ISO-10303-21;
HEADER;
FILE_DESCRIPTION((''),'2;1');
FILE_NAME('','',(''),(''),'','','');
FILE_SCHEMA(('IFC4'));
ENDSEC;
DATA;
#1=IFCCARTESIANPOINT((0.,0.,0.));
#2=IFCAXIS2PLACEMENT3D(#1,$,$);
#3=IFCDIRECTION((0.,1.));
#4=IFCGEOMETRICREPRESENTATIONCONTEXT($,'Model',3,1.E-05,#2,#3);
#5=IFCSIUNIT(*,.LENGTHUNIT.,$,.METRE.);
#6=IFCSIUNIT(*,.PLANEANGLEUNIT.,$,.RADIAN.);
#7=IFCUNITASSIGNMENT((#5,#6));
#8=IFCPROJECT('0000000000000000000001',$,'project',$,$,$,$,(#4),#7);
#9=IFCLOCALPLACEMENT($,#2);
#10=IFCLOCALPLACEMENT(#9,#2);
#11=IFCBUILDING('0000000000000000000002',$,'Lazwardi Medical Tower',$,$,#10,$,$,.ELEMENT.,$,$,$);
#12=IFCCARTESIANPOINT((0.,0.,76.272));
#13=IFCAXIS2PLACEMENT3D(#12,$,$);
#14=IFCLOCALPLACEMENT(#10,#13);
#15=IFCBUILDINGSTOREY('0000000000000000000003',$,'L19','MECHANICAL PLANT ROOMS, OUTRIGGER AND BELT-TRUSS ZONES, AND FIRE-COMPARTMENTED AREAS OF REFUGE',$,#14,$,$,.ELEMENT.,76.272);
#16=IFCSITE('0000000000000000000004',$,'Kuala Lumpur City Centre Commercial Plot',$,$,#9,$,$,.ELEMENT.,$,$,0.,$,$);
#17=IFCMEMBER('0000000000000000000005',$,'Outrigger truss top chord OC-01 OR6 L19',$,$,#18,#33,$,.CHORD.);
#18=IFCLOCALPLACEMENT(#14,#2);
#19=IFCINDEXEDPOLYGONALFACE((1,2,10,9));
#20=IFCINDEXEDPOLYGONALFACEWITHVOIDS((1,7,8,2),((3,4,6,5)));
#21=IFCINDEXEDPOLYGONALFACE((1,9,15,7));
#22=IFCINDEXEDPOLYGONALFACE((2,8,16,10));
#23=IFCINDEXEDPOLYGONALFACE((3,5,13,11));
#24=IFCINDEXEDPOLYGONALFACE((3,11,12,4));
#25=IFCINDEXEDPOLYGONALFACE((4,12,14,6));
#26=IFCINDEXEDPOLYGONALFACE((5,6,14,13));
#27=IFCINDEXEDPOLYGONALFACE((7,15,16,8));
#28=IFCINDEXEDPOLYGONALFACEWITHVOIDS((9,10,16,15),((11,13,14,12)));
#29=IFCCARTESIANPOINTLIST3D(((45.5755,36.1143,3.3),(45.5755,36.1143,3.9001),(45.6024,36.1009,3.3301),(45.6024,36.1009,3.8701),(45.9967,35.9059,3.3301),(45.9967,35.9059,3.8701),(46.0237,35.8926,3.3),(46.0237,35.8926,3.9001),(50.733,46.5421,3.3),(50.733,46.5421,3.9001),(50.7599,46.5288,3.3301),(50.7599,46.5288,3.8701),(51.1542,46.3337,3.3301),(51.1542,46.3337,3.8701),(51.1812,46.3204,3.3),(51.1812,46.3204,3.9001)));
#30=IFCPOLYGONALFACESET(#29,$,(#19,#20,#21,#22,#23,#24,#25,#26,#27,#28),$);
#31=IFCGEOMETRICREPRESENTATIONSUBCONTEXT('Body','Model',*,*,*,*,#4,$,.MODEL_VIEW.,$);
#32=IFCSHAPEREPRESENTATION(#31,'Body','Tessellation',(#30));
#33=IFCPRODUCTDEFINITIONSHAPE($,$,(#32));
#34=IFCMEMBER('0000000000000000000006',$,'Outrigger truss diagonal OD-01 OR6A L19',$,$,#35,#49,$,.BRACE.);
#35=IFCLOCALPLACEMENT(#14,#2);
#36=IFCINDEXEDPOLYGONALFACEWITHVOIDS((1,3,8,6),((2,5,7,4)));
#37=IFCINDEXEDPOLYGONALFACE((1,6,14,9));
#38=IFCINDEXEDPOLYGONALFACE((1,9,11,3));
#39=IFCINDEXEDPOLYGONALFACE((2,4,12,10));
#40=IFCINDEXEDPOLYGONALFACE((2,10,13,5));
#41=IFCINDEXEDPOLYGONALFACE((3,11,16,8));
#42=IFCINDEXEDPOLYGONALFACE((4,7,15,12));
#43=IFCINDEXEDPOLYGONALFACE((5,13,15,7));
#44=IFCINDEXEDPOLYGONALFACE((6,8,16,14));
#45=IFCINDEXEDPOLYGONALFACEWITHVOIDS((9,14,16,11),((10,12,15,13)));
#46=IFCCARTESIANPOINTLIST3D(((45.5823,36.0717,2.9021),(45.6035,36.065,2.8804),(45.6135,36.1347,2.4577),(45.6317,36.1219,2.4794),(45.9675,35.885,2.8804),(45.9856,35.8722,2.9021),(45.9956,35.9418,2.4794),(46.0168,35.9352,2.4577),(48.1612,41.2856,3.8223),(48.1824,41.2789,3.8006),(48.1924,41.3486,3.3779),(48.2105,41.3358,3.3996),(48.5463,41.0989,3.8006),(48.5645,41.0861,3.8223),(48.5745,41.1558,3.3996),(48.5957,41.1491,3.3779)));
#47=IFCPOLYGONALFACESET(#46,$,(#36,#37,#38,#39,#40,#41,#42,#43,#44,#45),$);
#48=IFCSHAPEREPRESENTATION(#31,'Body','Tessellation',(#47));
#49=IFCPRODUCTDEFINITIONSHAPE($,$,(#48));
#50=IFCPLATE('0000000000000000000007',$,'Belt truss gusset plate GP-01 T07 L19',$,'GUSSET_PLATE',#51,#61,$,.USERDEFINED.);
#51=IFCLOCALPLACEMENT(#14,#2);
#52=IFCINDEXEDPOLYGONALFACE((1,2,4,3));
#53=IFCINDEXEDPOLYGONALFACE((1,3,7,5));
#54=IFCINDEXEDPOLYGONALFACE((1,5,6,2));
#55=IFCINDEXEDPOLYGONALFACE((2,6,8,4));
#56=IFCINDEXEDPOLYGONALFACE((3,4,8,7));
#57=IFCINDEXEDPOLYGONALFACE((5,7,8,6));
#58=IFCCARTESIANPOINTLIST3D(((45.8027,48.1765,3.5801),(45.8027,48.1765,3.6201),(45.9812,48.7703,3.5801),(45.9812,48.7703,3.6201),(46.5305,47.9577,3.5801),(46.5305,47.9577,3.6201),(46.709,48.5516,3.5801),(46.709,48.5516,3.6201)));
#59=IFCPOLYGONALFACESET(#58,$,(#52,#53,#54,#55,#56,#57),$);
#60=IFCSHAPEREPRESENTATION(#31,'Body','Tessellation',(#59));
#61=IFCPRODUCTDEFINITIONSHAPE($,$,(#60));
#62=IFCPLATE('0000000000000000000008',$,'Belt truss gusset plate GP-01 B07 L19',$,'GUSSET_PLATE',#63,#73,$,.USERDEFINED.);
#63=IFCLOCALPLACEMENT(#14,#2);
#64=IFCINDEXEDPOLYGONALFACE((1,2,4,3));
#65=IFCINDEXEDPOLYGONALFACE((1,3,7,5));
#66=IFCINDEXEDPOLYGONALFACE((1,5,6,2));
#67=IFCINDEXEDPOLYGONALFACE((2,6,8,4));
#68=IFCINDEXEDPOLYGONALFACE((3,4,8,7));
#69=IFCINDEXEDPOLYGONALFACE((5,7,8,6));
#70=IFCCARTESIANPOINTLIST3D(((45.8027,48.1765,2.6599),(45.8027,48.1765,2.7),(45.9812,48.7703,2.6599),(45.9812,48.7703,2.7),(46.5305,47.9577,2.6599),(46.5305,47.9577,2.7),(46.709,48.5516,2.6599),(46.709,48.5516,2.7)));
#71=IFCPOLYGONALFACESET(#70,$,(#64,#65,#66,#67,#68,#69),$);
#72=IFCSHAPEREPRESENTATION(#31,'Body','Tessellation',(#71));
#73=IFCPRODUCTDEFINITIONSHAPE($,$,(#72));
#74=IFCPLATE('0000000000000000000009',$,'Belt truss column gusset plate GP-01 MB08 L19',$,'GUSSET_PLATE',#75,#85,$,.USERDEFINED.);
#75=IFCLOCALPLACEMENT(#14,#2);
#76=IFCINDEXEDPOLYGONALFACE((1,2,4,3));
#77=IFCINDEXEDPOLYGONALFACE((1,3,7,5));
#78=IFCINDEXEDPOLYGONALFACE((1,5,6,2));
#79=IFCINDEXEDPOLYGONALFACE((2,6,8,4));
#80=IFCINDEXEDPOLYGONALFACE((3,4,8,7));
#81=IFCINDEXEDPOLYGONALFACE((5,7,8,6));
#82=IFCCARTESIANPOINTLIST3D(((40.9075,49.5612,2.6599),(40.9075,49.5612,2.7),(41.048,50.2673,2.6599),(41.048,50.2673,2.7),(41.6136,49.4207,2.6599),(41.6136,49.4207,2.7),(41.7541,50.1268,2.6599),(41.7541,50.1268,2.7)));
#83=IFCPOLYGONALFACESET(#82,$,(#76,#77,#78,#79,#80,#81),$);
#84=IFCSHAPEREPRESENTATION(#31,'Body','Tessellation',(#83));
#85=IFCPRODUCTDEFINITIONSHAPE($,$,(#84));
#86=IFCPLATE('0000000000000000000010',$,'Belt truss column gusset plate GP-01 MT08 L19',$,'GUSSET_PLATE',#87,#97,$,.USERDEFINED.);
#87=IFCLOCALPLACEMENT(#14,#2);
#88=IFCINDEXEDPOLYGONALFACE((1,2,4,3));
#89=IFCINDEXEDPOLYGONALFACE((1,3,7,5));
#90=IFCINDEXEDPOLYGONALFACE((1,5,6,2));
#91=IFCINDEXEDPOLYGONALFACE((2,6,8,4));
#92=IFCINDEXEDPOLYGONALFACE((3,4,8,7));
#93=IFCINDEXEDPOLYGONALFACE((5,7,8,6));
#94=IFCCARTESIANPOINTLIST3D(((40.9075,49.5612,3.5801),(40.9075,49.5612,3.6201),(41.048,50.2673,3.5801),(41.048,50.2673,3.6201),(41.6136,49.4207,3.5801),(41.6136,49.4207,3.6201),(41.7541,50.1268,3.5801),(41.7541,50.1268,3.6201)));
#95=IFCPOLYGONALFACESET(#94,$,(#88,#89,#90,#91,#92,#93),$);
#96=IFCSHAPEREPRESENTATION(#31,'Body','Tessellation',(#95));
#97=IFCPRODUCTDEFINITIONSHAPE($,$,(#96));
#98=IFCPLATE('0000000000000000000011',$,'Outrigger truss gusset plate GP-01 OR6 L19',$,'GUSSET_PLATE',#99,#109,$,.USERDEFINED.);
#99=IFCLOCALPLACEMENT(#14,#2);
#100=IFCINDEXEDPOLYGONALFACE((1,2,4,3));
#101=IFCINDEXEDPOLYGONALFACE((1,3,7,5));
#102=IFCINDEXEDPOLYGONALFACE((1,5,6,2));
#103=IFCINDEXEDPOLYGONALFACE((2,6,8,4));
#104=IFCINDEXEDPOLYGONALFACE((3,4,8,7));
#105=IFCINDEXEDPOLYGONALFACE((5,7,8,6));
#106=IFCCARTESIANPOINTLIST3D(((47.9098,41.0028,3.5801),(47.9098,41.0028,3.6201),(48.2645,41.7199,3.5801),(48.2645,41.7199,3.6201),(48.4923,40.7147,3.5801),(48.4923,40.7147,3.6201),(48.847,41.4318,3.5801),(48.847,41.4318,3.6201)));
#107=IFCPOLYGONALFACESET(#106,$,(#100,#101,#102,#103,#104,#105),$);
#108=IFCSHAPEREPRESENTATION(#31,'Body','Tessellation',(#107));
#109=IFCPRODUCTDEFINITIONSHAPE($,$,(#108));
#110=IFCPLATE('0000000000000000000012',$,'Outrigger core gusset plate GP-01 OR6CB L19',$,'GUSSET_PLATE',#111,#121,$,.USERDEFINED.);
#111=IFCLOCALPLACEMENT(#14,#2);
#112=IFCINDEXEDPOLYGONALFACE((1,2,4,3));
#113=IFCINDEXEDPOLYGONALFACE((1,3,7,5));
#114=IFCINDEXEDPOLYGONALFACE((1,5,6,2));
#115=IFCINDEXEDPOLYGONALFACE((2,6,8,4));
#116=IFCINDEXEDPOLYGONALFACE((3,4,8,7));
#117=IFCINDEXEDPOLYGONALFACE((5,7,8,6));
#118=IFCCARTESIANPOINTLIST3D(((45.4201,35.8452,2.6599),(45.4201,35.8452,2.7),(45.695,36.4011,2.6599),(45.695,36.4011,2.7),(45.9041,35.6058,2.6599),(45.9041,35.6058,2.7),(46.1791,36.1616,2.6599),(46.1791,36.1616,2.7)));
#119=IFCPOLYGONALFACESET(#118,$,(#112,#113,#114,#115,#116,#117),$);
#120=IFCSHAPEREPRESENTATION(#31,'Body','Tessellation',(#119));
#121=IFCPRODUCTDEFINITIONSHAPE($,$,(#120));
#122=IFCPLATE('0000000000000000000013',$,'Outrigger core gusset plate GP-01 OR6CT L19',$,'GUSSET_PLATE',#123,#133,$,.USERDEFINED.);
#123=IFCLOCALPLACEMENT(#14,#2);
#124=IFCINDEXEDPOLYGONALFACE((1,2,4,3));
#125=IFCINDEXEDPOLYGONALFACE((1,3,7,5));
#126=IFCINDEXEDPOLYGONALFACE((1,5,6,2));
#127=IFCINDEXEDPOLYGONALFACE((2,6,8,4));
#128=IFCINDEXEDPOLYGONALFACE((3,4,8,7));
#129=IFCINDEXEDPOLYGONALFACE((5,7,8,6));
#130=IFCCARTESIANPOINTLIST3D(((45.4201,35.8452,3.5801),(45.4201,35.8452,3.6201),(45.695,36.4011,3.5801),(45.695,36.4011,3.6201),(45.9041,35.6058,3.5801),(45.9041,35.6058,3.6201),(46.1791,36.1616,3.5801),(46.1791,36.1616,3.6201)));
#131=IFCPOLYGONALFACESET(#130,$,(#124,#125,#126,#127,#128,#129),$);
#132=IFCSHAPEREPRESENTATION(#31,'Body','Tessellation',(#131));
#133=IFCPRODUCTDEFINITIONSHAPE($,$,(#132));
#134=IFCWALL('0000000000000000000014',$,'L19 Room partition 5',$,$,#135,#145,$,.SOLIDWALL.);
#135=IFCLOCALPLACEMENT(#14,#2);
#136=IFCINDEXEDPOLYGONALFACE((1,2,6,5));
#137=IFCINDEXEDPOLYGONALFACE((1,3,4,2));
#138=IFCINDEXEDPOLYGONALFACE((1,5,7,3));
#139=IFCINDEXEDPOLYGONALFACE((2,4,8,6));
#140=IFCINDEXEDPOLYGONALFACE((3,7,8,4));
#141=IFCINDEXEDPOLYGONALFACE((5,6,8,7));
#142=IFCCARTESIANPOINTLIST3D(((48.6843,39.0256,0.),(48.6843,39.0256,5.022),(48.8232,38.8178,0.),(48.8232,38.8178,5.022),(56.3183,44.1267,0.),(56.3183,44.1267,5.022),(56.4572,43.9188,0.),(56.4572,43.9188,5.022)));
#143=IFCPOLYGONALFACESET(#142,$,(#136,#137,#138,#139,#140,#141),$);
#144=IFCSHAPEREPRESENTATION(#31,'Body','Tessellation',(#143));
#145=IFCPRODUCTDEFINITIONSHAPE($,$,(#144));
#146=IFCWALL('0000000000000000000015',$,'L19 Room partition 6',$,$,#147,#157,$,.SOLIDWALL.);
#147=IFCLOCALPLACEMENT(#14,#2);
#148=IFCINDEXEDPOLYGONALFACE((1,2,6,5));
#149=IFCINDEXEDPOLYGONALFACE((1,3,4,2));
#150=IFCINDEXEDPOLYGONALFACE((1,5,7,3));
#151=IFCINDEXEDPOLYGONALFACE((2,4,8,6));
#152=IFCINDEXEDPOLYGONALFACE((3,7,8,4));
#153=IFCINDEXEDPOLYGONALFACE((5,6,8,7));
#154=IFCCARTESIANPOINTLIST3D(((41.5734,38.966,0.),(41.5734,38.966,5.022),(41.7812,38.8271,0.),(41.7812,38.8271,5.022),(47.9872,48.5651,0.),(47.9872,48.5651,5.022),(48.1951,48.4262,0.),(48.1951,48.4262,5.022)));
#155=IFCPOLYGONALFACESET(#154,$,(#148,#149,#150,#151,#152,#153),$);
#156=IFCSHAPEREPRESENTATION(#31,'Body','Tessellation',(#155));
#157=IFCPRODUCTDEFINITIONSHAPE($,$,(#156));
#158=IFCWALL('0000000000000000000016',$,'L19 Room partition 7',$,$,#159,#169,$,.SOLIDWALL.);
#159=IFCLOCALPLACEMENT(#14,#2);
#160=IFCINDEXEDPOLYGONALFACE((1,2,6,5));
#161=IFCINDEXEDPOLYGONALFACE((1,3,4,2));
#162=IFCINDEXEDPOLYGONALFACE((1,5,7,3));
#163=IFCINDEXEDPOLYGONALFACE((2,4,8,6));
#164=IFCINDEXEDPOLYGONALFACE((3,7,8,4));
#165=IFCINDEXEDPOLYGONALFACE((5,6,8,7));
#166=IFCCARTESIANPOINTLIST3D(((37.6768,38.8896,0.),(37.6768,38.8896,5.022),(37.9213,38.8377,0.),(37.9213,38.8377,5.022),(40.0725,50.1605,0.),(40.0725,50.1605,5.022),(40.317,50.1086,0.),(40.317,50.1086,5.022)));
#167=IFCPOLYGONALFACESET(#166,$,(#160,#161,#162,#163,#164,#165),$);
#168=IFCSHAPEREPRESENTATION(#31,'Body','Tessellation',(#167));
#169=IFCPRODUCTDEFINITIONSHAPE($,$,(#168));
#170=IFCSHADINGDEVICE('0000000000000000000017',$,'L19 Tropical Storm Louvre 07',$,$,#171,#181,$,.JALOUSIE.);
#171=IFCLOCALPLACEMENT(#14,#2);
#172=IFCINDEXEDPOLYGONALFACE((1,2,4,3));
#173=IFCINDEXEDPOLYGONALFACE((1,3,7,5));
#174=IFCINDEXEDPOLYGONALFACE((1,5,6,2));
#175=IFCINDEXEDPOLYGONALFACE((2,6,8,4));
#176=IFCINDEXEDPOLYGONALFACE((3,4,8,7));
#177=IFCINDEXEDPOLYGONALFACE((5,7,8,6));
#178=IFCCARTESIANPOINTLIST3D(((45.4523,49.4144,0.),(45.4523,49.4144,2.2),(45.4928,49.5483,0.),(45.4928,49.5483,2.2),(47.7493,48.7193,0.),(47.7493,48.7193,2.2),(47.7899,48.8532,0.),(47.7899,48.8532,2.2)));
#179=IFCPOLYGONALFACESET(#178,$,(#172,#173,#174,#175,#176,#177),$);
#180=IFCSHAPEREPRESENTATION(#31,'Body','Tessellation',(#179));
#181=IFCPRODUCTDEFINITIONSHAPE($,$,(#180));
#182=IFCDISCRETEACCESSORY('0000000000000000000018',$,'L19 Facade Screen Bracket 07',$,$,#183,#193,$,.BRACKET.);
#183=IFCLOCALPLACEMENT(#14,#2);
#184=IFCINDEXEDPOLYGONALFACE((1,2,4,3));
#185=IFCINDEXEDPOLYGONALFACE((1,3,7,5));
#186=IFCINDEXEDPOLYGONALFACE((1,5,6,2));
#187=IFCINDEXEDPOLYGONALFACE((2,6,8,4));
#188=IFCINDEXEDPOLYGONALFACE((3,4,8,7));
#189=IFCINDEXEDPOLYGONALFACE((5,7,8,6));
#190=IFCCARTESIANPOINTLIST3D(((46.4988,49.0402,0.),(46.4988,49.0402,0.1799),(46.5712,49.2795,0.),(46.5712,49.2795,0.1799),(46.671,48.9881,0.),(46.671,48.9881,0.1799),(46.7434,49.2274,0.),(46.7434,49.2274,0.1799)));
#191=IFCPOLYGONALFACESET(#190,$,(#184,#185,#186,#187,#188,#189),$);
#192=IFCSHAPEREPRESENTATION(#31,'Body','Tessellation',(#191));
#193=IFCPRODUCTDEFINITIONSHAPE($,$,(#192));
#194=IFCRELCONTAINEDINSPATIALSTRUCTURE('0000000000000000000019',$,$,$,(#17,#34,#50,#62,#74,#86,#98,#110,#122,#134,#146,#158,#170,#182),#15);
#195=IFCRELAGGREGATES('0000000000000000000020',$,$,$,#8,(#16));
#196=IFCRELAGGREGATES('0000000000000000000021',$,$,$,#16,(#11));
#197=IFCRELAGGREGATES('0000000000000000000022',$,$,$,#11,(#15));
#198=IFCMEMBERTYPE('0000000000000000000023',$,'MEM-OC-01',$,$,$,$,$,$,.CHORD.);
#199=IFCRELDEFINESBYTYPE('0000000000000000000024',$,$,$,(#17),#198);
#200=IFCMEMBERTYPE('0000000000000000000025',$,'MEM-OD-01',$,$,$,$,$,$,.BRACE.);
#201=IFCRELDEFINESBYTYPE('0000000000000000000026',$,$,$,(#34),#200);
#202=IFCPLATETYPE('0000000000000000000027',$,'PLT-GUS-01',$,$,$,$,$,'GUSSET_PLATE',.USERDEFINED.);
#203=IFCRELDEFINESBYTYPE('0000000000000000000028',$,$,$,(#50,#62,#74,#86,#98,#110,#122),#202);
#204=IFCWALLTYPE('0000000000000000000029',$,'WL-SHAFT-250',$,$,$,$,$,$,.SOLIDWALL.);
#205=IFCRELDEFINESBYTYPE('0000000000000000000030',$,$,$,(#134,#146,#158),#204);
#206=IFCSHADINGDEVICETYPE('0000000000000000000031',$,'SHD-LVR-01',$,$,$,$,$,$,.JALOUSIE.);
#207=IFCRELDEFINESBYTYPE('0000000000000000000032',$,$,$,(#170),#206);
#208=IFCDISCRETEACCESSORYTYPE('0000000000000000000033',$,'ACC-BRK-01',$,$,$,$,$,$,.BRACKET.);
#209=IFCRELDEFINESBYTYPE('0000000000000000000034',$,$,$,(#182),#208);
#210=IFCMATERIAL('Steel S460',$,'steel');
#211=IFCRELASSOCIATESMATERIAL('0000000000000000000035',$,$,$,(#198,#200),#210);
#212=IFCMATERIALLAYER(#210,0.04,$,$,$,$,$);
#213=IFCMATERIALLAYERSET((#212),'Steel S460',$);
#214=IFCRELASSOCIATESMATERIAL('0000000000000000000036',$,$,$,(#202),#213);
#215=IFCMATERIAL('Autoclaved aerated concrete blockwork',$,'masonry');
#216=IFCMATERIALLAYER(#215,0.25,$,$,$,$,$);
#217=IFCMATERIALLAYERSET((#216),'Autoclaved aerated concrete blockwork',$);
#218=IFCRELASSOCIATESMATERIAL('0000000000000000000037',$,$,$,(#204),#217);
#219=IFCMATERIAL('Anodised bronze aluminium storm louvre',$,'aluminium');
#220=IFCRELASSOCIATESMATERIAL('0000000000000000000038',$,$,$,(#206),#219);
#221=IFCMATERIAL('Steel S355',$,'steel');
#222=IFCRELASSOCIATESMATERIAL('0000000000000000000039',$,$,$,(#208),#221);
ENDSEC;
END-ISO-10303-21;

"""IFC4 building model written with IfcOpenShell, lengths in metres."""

from ifc_helpers import new_model, si_unit, direction, frame, frame_2d, origin, origin_2d, place, context, subcontext, project, spatial, rectangle, hollow_rectangle, extrude, material, layer, layer_set, material_profile, profile_set, type_object, element, save


model = new_model("IFC4")

# Units and contexts
model_context = context("Model", 3, precision=1e-05, world=origin(), true_north=direction((0.0, 1.0)))
body_context = subcontext(model_context, "Body", "Model", "MODEL_VIEW")
ifc_project = project(units=[si_unit("LENGTHUNIT", "METRE"), si_unit("PLANEANGLEUNIT", "RADIAN")], contexts=[model_context])

# Site, building, storey
site_placement = place(None, origin())
site = spatial("IfcSite", under=ifc_project, at=site_placement, Name="Kuala Lumpur City Centre Commercial Plot", CompositionType="ELEMENT", RefElevation=0.0)
building_placement = place(site_placement, origin())
building = spatial("IfcBuilding", under=site, at=building_placement, Name="Lazwardi Medical Tower", CompositionType="ELEMENT")
storey_placement = place(building_placement, frame((0.0, 0.0, 76.272)))
storey = spatial("IfcBuildingStorey", under=building, at=storey_placement, Name="L19", Description="MECHANICAL PLANT ROOMS, OUTRIGGER AND BELT-TRUSS ZONES, AND FIRE-COMPARTMENTED AREAS OF REFUGE", CompositionType="ELEMENT", Elevation=76.272)

# Shared definitions
ifc_material_1 = material(Name="Steel S355", Category="steel")
ifc_material_2 = material(Name="Steel S460", Category="steel")

# Members
ifc_material_profile_1 = material_profile(ifc_material_2, hollow_rectangle(XDim=0.5, YDim=0.6001, WallThickness=0.03, at=origin_2d()), Name="RHS 600x500x30")
ifc_profile_set_1 = profile_set([ifc_material_profile_1], Name="Steel S460")
member_type_1 = type_object("IfcMemberType", Name="MEM-OC-01", PredefinedType="CHORD", material=ifc_profile_set_1)
member_1_placement = place(storey_placement, frame((45.7996, 36.0034, 3.6001), z_axis=(0.443331, 0.896358, 0.0), x_axis=(-0.896358, 0.443331, 0.0)))
element("IfcMember", 1, at=member_1_placement, inside=storey, type_object=member_type_1, Name="Outrigger truss top chord OC-01 OR6 L19", PredefinedType="CHORD", context=body_context, shape_type="SweptSolid", body=[
    extrude(hollow_rectangle(XDim=0.5, YDim=0.6001, WallThickness=0.03, at=origin_2d()), origin(), (0.0, 0.0, 1.0), 11.6335),
])
ifc_material_profile_2 = material_profile(ifc_material_2, hollow_rectangle(XDim=0.45, YDim=0.45, WallThickness=0.022, at=origin_2d()), Name="RHS 450x450x22")
ifc_profile_set_2 = profile_set([ifc_material_profile_2], Name="Steel S460")
member_type_2 = type_object("IfcMemberType", Name="MEM-OD-01", PredefinedType="BRACE", material=ifc_profile_set_2)
member_2_placement = place(storey_placement, frame((45.7996, 36.0034, 2.6799), z_axis=(0.437903, 0.88534, 0.156249), x_axis=(-0.89635, 0.443348, 0.0)))
element("IfcMember", 2, at=member_2_placement, inside=storey, type_object=member_type_2, Name="Outrigger truss diagonal OD-01 OR6A L19", PredefinedType="BRACE", context=body_context, shape_type="SweptSolid", body=[
    extrude(hollow_rectangle(XDim=0.45, YDim=0.45, WallThickness=0.022, at=origin_2d()), origin(), (0.0, 0.0, 1.0), 5.8892),
])

# Plates
ifc_layer_1 = layer(ifc_material_2, 0.04)
ifc_layer_set_1 = layer_set([ifc_layer_1], Name="Steel S460")
plate_type = type_object("IfcPlateType", Name="PLT-GUS-01", ElementType="GUSSET_PLATE", PredefinedType="USERDEFINED", material=ifc_layer_set_1)
for number, where, z_axis, x_axis, name in (
    (3, (46.2559, 48.364, 3.5801), (0.0, 0.0, 1.0), (-0.957672, 0.287862, 0.0), "Belt truss gusset plate GP-01 T07 L19"),
    (4, (46.2559, 48.364, 2.6599), (0.0, 0.0, 1.0), (-0.957672, 0.287862, 0.0), "Belt truss gusset plate GP-01 B07 L19"),
):
    element("IfcPlate", number, at=place(storey_placement, frame(where, z_axis=z_axis, x_axis=x_axis)), inside=storey, type_object=plate_type, Name=name, ObjectType="GUSSET_PLATE", PredefinedType="USERDEFINED", context=body_context, shape_type="SweptSolid", body=[
        extrude(rectangle(XDim=0.76, YDim=0.6201, at=origin_2d()), origin(), (0.0, 0.0, 1.0), 0.04),
    ])
for number, where, z_axis, x_axis, name in (
    (5, (41.3308, 49.844, 2.6599), (0.0, 0.0, 1.0), (0.19509, 0.980785, 0.0), "Belt truss column gusset plate GP-01 MB08 L19"),
    (6, (41.3308, 49.844, 3.5801), (0.0, 0.0, 1.0), (0.19509, 0.980785, 0.0), "Belt truss column gusset plate GP-01 MT08 L19"),
):
    element("IfcPlate", number, at=place(storey_placement, frame(where, z_axis=z_axis, x_axis=x_axis)), inside=storey, type_object=plate_type, Name=name, ObjectType="GUSSET_PLATE", PredefinedType="USERDEFINED", context=body_context, shape_type="SweptSolid", body=[
        extrude(rectangle(XDim=0.72, YDim=0.72, at=origin_2d()), origin(), (0.0, 0.0, 1.0), 0.04),
    ])
plate_placement = place(storey_placement, frame((48.3784, 41.2173, 3.5801), z_axis=(0.0, 0.0, 1.0), x_axis=(0.443384, 0.896332, 0.0)))
element("IfcPlate", 7, at=plate_placement, inside=storey, type_object=plate_type, Name="Outrigger truss gusset plate GP-01 OR6 L19", ObjectType="GUSSET_PLATE", PredefinedType="USERDEFINED", context=body_context, shape_type="SweptSolid", body=[
    extrude(rectangle(XDim=0.8, YDim=0.6499, at=origin_2d()), origin(), (0.0, 0.0, 1.0), 0.04),
])
for number, where, z_axis, x_axis, name in (
    (8, (45.7996, 36.0034, 2.6599), (0.0, 0.0, 1.0), (0.443384, 0.896332, 0.0), "Outrigger core gusset plate GP-01 OR6CB L19"),
    (9, (45.7996, 36.0034, 3.5801), (0.0, 0.0, 1.0), (0.443384, 0.896332, 0.0), "Outrigger core gusset plate GP-01 OR6CT L19"),
):
    element("IfcPlate", number, at=place(storey_placement, frame(where, z_axis=z_axis, x_axis=x_axis)), inside=storey, type_object=plate_type, Name=name, ObjectType="GUSSET_PLATE", PredefinedType="USERDEFINED", context=body_context, shape_type="SweptSolid", body=[
        extrude(rectangle(XDim=0.6201, YDim=0.54, at=origin_2d()), origin(), (0.0, 0.0, 1.0), 0.04),
    ])

# Walls
ifc_material_3 = material(Name="Autoclaved aerated concrete blockwork", Category="masonry")
ifc_layer_2 = layer(ifc_material_3, 0.25)
ifc_layer_set_2 = layer_set([ifc_layer_2], Name="Autoclaved aerated concrete blockwork")
wall_type = type_object("IfcWallType", Name="WL-SHAFT-250", PredefinedType="SOLIDWALL", material=ifc_layer_set_2)
wall_1_placement = place(storey_placement, frame((48.7537, 38.9216, 0.0), z_axis=(0.0, 0.0, 1.0), x_axis=(0.831461, 0.555584, 0.0)))
element("IfcWall", 10, at=wall_1_placement, inside=storey, type_object=wall_type, Name="L19 Room partition 5", PredefinedType="SOLIDWALL", context=body_context, shape_type="SweptSolid", body=[
    extrude(rectangle(XDim=9.1814, YDim=0.25, at=frame_2d((4.5908, 0.0))), origin(), (0.0, 0.0, 1.0), 5.022),
])
wall_2_placement = place(storey_placement, frame((41.6772, 38.8965, 0.0), z_axis=(0.0, 0.0, 1.0), x_axis=(0.555564, 0.831474, 0.0)))
element("IfcWall", 11, at=wall_2_placement, inside=storey, type_object=wall_type, Name="L19 Room partition 6", PredefinedType="SOLIDWALL", context=body_context, shape_type="SweptSolid", body=[
    extrude(rectangle(XDim=11.5447, YDim=0.25, at=frame_2d((5.7725, 0.0))), origin(), (0.0, 0.0, 1.0), 5.022),
])
wall_3_placement = place(storey_placement, frame((37.7991, 38.8638, 0.0), z_axis=(0.0, 0.0, 1.0), x_axis=(0.207914, 0.978147, 0.0)))
element("IfcWall", 12, at=wall_3_placement, inside=storey, type_object=wall_type, Name="L19 Room partition 7", PredefinedType="SOLIDWALL", context=body_context, shape_type="SweptSolid", body=[
    extrude(rectangle(XDim=11.5227, YDim=0.25, at=frame_2d((5.7612, 0.0))), origin(), (0.0, 0.0, 1.0), 5.022),
])

# Shading device
ifc_material_4 = material(Name="Anodised bronze aluminium storm louvre", Category="aluminium")
shading_device_type = type_object("IfcShadingDeviceType", Name="SHD-LVR-01", PredefinedType="JALOUSIE", material=ifc_material_4)
shading_device_placement = place(storey_placement, frame((46.6211, 49.1338, 0.0), z_axis=(0.0, 0.0, 1.0), x_axis=(-0.957134, 0.289647, 0.0)))
element("IfcShadingDevice", 13, at=shading_device_placement, inside=storey, type_object=shading_device_type, Name="L19 Tropical Storm Louvre 07", PredefinedType="JALOUSIE", context=body_context, shape_type="SweptSolid", body=[
    extrude(rectangle(XDim=2.3999, YDim=0.1399, at=origin_2d()), origin(), (0.0, 0.0, 1.0), 2.2),
])

# Discrete accessory
discrete_accessory_type = type_object("IfcDiscreteAccessoryType", Name="ACC-BRK-01", PredefinedType="BRACKET", material=ifc_material_1)
discrete_accessory_placement = place(storey_placement, frame((46.6211, 49.1338, 0.0), z_axis=(0.0, 0.0, 1.0), x_axis=(-0.957134, 0.289647, 0.0)))
element("IfcDiscreteAccessory", 14, at=discrete_accessory_placement, inside=storey, type_object=discrete_accessory_type, Name="L19 Facade Screen Bracket 07", PredefinedType="BRACKET", context=body_context, shape_type="SweptSolid", body=[
    extrude(rectangle(XDim=0.1799, YDim=0.25, at=origin_2d()), origin(), (0.0, 0.0, 1.0), 0.1799),
])

save(model, "model.ifc")
